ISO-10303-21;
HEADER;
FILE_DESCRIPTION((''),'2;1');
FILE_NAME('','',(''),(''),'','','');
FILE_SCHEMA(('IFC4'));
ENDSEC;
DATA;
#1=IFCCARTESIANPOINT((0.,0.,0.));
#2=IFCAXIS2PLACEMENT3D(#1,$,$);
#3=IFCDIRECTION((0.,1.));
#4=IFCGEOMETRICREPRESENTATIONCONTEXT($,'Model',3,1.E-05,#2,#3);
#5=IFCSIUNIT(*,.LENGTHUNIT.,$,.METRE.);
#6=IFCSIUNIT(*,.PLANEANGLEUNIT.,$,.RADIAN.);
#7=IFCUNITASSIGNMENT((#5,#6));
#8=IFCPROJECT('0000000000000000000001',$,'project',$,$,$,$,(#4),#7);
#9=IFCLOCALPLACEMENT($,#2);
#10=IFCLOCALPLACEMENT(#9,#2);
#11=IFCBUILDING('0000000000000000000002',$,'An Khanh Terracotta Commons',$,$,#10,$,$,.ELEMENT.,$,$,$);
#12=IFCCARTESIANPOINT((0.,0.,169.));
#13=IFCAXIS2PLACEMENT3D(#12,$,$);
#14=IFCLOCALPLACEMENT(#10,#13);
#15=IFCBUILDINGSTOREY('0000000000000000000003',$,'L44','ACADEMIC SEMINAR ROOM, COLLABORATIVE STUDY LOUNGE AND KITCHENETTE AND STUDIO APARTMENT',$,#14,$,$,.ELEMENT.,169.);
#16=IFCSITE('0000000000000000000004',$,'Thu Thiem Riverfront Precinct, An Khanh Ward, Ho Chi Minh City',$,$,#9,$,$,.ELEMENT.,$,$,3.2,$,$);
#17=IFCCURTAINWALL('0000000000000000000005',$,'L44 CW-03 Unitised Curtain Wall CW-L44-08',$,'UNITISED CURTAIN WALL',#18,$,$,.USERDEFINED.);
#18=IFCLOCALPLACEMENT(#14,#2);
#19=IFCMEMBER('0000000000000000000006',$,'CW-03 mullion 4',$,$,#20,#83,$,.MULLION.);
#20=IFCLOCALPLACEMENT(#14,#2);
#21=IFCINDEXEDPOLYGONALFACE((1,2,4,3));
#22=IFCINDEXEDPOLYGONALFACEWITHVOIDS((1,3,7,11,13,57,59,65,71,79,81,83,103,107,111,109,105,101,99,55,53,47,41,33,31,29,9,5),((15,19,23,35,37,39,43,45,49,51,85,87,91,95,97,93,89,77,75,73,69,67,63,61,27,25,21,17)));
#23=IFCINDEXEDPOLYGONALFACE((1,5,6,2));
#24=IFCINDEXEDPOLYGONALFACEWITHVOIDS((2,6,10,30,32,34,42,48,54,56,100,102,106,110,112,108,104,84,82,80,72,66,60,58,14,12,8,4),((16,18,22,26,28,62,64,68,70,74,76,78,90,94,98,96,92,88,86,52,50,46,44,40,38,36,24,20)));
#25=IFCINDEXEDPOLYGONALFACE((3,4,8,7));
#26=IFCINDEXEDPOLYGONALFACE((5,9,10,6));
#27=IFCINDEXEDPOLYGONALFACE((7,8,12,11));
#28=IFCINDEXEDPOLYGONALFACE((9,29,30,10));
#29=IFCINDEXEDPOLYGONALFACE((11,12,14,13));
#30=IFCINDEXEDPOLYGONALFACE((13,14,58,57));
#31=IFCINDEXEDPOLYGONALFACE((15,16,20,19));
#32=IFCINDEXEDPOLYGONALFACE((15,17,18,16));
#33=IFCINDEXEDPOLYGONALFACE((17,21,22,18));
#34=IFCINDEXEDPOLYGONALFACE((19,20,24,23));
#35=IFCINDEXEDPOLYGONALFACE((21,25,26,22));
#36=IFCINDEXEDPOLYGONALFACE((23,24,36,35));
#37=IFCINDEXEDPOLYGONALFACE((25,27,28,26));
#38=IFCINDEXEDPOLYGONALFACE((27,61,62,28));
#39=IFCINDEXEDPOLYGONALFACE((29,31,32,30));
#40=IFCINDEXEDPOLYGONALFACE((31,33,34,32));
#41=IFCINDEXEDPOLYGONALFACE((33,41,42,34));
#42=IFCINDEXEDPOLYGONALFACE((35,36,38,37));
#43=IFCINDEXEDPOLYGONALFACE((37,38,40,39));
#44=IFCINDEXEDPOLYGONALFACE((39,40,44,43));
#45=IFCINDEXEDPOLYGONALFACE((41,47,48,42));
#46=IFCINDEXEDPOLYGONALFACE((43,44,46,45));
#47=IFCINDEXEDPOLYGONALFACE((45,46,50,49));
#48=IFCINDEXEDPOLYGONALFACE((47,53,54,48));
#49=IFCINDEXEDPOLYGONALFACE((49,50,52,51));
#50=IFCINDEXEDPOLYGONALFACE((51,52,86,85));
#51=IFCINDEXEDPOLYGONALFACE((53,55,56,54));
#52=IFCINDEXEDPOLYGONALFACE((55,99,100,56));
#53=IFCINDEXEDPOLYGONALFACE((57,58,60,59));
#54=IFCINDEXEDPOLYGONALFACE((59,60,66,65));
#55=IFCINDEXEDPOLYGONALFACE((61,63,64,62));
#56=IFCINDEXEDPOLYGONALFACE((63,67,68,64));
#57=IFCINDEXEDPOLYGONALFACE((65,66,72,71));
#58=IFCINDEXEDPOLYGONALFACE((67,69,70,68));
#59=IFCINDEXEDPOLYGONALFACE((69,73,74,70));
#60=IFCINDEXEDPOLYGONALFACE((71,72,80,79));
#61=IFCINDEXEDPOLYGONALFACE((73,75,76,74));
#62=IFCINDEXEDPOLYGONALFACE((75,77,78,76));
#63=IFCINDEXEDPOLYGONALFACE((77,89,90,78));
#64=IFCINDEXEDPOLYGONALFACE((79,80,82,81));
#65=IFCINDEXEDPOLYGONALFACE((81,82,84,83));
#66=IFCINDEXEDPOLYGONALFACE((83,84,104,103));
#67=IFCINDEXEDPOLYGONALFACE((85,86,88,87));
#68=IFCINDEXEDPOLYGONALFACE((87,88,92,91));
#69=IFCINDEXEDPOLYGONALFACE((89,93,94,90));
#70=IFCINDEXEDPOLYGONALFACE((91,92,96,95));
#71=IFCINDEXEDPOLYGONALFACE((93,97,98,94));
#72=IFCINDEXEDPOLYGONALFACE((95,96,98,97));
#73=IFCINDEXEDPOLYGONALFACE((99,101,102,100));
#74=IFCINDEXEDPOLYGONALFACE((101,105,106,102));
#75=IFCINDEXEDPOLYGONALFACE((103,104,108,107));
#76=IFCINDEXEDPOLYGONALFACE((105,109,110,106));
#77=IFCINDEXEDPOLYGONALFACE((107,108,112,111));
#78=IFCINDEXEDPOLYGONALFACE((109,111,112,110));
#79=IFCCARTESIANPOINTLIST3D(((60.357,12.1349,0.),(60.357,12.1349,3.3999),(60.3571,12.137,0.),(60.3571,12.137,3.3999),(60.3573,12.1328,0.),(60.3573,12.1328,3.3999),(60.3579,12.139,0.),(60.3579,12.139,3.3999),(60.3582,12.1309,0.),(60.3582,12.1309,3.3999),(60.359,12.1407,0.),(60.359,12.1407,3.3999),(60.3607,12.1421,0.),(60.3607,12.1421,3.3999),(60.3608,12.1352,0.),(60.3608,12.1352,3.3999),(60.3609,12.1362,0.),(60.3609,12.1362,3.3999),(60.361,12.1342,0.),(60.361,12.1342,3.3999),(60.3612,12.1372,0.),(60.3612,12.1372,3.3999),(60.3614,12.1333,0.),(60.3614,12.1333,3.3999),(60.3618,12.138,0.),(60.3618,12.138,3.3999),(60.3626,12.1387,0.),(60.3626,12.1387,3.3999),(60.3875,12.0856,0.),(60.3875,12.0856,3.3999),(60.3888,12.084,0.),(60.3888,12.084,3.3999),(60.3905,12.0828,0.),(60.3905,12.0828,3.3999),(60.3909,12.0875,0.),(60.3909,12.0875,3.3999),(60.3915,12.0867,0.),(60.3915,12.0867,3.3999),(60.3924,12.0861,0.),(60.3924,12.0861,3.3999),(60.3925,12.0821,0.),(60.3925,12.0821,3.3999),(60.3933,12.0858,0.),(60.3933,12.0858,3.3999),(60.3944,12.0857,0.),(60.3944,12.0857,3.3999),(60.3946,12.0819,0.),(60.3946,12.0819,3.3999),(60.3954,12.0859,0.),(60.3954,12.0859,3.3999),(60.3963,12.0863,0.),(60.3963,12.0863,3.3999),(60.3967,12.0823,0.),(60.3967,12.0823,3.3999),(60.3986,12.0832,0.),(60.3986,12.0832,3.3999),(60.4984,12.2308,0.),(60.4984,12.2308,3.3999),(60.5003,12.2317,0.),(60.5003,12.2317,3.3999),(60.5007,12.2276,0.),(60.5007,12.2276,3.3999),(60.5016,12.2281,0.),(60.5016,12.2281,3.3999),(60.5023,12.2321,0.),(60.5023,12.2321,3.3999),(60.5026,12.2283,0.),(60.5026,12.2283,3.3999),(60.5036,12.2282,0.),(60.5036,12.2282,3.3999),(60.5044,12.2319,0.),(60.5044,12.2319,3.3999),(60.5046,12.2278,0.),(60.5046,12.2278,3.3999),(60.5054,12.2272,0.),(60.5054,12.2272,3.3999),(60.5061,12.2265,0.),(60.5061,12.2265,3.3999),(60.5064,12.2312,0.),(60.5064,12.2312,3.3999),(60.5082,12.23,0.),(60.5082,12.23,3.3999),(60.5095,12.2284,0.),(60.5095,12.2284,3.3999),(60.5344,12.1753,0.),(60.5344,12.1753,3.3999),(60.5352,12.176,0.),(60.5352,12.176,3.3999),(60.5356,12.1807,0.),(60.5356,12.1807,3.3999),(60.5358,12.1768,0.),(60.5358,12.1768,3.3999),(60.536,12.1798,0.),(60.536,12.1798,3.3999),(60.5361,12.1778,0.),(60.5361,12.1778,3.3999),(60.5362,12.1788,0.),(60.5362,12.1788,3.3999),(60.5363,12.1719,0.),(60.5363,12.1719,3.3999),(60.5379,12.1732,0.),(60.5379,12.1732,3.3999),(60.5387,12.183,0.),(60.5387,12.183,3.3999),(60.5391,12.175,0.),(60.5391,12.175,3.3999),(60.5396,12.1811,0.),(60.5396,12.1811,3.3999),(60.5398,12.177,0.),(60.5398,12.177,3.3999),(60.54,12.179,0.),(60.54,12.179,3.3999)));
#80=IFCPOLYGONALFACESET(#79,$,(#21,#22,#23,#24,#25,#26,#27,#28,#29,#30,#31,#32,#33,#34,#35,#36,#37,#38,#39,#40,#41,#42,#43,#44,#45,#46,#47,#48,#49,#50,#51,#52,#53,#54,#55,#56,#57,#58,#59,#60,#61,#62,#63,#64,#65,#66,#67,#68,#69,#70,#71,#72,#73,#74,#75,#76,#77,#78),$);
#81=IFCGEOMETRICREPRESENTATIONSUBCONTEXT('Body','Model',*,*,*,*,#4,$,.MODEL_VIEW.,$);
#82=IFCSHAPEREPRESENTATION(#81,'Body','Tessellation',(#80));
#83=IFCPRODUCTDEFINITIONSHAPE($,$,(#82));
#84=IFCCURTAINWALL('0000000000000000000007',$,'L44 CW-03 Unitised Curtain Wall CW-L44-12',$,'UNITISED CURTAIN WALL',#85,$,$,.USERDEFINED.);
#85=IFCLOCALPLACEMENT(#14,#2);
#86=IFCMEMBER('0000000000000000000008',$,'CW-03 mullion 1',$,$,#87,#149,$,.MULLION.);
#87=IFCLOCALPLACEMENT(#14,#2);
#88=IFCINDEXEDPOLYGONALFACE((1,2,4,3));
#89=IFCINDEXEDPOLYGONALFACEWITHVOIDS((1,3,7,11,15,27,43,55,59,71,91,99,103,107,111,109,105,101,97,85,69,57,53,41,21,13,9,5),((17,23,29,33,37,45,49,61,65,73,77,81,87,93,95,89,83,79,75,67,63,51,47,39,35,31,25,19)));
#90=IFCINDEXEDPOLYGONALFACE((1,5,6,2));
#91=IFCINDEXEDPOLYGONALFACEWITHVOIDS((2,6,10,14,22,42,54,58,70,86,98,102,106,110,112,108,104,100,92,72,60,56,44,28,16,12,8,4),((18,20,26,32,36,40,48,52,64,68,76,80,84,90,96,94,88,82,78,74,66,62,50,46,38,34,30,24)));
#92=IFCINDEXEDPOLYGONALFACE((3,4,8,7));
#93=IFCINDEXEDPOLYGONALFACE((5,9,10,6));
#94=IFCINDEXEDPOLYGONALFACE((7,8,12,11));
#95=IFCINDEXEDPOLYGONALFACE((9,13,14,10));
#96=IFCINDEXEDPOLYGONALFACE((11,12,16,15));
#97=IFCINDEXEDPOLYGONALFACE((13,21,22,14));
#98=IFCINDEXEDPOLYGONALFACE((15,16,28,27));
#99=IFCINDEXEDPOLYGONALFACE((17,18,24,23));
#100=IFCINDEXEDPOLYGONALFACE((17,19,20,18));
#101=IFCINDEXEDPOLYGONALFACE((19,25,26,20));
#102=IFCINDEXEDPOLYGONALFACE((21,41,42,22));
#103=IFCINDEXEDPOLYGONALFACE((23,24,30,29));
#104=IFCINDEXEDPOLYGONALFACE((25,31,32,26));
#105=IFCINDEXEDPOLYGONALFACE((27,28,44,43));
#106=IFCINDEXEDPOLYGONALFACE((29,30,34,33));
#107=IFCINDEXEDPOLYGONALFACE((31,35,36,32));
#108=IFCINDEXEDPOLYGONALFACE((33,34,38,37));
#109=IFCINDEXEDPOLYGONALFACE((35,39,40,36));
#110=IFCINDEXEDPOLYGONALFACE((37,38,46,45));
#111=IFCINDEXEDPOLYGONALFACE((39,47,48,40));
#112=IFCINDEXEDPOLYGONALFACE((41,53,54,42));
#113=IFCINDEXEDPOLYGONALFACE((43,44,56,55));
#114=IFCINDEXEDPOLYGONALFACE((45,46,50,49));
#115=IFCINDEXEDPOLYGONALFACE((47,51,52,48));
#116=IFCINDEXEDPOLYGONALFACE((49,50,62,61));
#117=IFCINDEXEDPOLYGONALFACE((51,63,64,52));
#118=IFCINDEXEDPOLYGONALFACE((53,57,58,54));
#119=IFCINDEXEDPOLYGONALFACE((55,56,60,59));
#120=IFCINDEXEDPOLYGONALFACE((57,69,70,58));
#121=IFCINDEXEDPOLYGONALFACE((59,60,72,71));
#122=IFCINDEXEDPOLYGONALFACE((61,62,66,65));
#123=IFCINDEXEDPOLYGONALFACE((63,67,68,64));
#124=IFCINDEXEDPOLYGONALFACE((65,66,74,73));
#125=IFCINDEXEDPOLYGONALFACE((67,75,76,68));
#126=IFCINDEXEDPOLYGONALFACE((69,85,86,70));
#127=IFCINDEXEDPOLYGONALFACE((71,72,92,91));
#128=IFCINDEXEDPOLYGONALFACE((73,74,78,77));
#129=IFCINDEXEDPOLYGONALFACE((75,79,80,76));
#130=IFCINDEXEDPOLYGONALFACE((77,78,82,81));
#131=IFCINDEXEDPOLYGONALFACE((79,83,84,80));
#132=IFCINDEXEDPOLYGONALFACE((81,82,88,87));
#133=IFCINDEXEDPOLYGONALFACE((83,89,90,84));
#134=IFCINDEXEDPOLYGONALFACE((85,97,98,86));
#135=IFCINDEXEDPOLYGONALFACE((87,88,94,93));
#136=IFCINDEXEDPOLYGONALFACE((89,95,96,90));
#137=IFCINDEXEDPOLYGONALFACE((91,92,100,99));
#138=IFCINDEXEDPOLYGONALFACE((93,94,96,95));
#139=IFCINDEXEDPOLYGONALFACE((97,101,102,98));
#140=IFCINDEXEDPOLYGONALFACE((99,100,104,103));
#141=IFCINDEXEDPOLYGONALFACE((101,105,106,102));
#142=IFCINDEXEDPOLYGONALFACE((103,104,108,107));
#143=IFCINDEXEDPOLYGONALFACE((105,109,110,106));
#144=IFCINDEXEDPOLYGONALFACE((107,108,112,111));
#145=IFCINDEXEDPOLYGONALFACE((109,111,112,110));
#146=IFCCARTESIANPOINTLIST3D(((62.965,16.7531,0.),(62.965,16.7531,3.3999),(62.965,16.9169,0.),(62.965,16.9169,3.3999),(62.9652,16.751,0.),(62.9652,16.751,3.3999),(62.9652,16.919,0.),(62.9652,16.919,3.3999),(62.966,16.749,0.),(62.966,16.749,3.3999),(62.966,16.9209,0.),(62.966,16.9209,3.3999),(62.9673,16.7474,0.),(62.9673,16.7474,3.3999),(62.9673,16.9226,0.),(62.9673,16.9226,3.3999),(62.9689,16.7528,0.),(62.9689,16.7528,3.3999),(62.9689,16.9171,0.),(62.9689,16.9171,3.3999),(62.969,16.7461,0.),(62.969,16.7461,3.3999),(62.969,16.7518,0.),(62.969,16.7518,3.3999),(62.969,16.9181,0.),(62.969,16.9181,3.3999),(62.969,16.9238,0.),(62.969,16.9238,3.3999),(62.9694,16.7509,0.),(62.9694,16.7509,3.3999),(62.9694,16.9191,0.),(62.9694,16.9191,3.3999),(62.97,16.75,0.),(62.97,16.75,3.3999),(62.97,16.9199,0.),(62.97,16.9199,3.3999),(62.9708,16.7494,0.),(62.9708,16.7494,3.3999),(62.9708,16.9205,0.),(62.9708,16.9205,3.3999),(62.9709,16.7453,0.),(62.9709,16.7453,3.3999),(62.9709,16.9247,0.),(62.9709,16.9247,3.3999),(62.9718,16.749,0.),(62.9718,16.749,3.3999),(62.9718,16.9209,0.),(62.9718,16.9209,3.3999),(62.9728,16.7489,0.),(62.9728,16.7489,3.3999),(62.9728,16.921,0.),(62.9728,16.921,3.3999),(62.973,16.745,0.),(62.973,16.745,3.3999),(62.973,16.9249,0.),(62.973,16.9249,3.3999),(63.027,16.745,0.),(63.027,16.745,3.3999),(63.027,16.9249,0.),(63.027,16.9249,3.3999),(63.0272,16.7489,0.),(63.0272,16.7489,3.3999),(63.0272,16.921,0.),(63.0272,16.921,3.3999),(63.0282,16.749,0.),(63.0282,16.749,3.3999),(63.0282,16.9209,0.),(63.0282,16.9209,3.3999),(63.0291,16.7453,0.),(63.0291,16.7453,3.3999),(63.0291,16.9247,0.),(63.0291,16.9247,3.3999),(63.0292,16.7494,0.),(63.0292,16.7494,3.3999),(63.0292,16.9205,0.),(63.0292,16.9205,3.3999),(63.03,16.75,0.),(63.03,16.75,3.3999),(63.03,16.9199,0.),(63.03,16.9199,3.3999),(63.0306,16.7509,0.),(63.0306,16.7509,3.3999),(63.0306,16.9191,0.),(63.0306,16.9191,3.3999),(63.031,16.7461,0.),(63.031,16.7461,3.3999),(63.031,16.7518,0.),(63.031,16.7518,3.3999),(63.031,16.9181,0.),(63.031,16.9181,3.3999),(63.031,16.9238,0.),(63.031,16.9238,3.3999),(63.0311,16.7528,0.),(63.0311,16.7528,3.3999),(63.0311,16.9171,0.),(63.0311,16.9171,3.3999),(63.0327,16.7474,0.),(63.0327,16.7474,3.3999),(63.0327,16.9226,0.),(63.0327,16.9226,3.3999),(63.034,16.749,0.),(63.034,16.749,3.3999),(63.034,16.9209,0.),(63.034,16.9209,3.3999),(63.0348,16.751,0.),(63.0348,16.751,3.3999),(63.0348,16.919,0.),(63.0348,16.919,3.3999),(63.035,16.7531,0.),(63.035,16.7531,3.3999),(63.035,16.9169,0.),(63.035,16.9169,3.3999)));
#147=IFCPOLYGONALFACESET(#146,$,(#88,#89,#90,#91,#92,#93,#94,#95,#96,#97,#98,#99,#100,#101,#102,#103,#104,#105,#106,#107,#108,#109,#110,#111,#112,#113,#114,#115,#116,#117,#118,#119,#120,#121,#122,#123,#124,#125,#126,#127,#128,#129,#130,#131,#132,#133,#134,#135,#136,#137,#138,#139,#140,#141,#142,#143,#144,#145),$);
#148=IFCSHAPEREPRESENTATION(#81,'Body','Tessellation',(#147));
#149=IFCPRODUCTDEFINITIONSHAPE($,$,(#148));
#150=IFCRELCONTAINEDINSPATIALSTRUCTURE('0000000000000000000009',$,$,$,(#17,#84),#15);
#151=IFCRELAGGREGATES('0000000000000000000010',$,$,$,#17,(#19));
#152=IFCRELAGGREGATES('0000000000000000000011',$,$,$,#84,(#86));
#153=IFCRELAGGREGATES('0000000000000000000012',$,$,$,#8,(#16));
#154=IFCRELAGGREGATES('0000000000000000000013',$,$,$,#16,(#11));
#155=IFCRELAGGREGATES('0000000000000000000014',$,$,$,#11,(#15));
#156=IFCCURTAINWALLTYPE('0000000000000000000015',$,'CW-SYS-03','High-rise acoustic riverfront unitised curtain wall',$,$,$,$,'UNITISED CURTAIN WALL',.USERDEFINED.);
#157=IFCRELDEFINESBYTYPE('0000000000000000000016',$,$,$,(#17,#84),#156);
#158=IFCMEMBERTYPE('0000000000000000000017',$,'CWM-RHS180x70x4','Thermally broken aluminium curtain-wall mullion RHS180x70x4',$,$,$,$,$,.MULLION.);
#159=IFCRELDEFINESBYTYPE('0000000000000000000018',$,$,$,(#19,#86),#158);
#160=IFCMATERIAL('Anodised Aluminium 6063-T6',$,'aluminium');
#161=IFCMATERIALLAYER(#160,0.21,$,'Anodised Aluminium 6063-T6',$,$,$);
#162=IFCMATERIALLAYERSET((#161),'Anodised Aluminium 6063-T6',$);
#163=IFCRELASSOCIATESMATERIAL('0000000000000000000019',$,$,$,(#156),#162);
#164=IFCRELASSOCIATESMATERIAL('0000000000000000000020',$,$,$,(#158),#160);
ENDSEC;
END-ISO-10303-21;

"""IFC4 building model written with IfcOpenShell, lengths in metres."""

from ifc_helpers import new_model, si_unit, direction, frame, origin, origin_2d, place, context, subcontext, project, spatial, hollow_rectangle, extrude, material, layer, layer_set, material_profile, profile_set, type_object, element, aggregate, save


model = new_model("IFC4")

# Units and contexts
model_context = context("Model", 3, precision=1e-05, world=origin(), true_north=direction((0.0, 1.0)))
body_context = subcontext(model_context, "Body", "Model", "MODEL_VIEW")
ifc_project = project(units=[si_unit("LENGTHUNIT", "METRE"), si_unit("PLANEANGLEUNIT", "RADIAN")], contexts=[model_context])

# Site, building, storey
site_placement = place(None, origin())
site = spatial("IfcSite", under=ifc_project, at=site_placement, Name="Thu Thiem Riverfront Precinct, An Khanh Ward, Ho Chi Minh City", CompositionType="ELEMENT", RefElevation=3.2)
building_placement = place(site_placement, origin())
building = spatial("IfcBuilding", under=site, at=building_placement, Name="An Khanh Terracotta Commons", CompositionType="ELEMENT")
storey_placement = place(building_placement, frame((0.0, 0.0, 169.0)))
storey = spatial("IfcBuildingStorey", under=building, at=storey_placement, Name="L44", Description="ACADEMIC SEMINAR ROOM, COLLABORATIVE STUDY LOUNGE AND KITCHENETTE AND STUDIO APARTMENT", CompositionType="ELEMENT", Elevation=169.0)

# Curtain walls, members
ifc_material_1 = material(Name="Anodised Aluminium 6063-T6", Category="aluminium")
ifc_layer_1 = layer(ifc_material_1, 0.21, Name="Anodised Aluminium 6063-T6")
ifc_layer_set_1 = layer_set([ifc_layer_1], Name="Anodised Aluminium 6063-T6")
curtain_wall_type = type_object("IfcCurtainWallType", Name="CW-SYS-03", Description="High-rise acoustic riverfront unitised curtain wall", ElementType="UNITISED CURTAIN WALL", PredefinedType="USERDEFINED", material=ifc_layer_set_1)
curtain_wall_1_placement = place(storey_placement, origin())
curtain_wall_1 = element("IfcCurtainWall", 1, at=curtain_wall_1_placement, inside=storey, type_object=curtain_wall_type, Name="L44 CW-03 Unitised Curtain Wall CW-L44-08", ObjectType="UNITISED CURTAIN WALL", PredefinedType="USERDEFINED")
ifc_material_profile_1 = material_profile(ifc_material_1, hollow_rectangle(XDim=0.0701, YDim=0.1799, WallThickness=0.0039, InnerFilletRadius=0.0039, OuterFilletRadius=0.0081, at=origin_2d()), Name="RHS180x70x4")
ifc_profile_set_1 = profile_set([ifc_material_profile_1], Name="Anodised Aluminium 6063-T6")
member_type_1 = type_object("IfcMemberType", Name="CWM-RHS180x70x4", Description="Thermally broken aluminium curtain-wall mullion RHS180x70x4", PredefinedType="MULLION", material=ifc_profile_set_1)
member_1_placement = place(storey_placement, frame((60.4485, 12.157, 0.0), z_axis=(0.0, 0.0, 1.0), x_axis=(-0.541498, 0.840702, 0.0)))
member_1 = element("IfcMember", 2, at=member_1_placement, type_object=member_type_1, Name="CW-03 mullion 4", PredefinedType="MULLION", context=body_context, shape_type="SweptSolid", body=[
    extrude(hollow_rectangle(XDim=0.0701, YDim=0.1799, WallThickness=0.0039, InnerFilletRadius=0.0039, OuterFilletRadius=0.0081, at=origin_2d()), origin(), (0.0, 0.0, 1.0), 3.3999),
])
curtain_wall_2_placement = place(storey_placement, origin())
curtain_wall_2 = element("IfcCurtainWall", 3, at=curtain_wall_2_placement, inside=storey, type_object=curtain_wall_type, Name="L44 CW-03 Unitised Curtain Wall CW-L44-12", ObjectType="UNITISED CURTAIN WALL", PredefinedType="USERDEFINED")
member_2_placement = place(storey_placement, frame((63.0, 16.835, 0.0), z_axis=(0.0, 0.0, 1.0), x_axis=(-1.0, 0.0, 0.0)))
member_2 = element("IfcMember", 4, at=member_2_placement, type_object=member_type_1, Name="CW-03 mullion 1", PredefinedType="MULLION", context=body_context, shape_type="SweptSolid", body=[
    extrude(hollow_rectangle(XDim=0.0701, YDim=0.1799, WallThickness=0.0039, InnerFilletRadius=0.0039, OuterFilletRadius=0.0081, at=origin_2d()), origin(), (0.0, 0.0, 1.0), 3.3999),
])

aggregate(curtain_wall_1, [member_1])
aggregate(curtain_wall_2, [member_2])

save(model, "model.ifc")
